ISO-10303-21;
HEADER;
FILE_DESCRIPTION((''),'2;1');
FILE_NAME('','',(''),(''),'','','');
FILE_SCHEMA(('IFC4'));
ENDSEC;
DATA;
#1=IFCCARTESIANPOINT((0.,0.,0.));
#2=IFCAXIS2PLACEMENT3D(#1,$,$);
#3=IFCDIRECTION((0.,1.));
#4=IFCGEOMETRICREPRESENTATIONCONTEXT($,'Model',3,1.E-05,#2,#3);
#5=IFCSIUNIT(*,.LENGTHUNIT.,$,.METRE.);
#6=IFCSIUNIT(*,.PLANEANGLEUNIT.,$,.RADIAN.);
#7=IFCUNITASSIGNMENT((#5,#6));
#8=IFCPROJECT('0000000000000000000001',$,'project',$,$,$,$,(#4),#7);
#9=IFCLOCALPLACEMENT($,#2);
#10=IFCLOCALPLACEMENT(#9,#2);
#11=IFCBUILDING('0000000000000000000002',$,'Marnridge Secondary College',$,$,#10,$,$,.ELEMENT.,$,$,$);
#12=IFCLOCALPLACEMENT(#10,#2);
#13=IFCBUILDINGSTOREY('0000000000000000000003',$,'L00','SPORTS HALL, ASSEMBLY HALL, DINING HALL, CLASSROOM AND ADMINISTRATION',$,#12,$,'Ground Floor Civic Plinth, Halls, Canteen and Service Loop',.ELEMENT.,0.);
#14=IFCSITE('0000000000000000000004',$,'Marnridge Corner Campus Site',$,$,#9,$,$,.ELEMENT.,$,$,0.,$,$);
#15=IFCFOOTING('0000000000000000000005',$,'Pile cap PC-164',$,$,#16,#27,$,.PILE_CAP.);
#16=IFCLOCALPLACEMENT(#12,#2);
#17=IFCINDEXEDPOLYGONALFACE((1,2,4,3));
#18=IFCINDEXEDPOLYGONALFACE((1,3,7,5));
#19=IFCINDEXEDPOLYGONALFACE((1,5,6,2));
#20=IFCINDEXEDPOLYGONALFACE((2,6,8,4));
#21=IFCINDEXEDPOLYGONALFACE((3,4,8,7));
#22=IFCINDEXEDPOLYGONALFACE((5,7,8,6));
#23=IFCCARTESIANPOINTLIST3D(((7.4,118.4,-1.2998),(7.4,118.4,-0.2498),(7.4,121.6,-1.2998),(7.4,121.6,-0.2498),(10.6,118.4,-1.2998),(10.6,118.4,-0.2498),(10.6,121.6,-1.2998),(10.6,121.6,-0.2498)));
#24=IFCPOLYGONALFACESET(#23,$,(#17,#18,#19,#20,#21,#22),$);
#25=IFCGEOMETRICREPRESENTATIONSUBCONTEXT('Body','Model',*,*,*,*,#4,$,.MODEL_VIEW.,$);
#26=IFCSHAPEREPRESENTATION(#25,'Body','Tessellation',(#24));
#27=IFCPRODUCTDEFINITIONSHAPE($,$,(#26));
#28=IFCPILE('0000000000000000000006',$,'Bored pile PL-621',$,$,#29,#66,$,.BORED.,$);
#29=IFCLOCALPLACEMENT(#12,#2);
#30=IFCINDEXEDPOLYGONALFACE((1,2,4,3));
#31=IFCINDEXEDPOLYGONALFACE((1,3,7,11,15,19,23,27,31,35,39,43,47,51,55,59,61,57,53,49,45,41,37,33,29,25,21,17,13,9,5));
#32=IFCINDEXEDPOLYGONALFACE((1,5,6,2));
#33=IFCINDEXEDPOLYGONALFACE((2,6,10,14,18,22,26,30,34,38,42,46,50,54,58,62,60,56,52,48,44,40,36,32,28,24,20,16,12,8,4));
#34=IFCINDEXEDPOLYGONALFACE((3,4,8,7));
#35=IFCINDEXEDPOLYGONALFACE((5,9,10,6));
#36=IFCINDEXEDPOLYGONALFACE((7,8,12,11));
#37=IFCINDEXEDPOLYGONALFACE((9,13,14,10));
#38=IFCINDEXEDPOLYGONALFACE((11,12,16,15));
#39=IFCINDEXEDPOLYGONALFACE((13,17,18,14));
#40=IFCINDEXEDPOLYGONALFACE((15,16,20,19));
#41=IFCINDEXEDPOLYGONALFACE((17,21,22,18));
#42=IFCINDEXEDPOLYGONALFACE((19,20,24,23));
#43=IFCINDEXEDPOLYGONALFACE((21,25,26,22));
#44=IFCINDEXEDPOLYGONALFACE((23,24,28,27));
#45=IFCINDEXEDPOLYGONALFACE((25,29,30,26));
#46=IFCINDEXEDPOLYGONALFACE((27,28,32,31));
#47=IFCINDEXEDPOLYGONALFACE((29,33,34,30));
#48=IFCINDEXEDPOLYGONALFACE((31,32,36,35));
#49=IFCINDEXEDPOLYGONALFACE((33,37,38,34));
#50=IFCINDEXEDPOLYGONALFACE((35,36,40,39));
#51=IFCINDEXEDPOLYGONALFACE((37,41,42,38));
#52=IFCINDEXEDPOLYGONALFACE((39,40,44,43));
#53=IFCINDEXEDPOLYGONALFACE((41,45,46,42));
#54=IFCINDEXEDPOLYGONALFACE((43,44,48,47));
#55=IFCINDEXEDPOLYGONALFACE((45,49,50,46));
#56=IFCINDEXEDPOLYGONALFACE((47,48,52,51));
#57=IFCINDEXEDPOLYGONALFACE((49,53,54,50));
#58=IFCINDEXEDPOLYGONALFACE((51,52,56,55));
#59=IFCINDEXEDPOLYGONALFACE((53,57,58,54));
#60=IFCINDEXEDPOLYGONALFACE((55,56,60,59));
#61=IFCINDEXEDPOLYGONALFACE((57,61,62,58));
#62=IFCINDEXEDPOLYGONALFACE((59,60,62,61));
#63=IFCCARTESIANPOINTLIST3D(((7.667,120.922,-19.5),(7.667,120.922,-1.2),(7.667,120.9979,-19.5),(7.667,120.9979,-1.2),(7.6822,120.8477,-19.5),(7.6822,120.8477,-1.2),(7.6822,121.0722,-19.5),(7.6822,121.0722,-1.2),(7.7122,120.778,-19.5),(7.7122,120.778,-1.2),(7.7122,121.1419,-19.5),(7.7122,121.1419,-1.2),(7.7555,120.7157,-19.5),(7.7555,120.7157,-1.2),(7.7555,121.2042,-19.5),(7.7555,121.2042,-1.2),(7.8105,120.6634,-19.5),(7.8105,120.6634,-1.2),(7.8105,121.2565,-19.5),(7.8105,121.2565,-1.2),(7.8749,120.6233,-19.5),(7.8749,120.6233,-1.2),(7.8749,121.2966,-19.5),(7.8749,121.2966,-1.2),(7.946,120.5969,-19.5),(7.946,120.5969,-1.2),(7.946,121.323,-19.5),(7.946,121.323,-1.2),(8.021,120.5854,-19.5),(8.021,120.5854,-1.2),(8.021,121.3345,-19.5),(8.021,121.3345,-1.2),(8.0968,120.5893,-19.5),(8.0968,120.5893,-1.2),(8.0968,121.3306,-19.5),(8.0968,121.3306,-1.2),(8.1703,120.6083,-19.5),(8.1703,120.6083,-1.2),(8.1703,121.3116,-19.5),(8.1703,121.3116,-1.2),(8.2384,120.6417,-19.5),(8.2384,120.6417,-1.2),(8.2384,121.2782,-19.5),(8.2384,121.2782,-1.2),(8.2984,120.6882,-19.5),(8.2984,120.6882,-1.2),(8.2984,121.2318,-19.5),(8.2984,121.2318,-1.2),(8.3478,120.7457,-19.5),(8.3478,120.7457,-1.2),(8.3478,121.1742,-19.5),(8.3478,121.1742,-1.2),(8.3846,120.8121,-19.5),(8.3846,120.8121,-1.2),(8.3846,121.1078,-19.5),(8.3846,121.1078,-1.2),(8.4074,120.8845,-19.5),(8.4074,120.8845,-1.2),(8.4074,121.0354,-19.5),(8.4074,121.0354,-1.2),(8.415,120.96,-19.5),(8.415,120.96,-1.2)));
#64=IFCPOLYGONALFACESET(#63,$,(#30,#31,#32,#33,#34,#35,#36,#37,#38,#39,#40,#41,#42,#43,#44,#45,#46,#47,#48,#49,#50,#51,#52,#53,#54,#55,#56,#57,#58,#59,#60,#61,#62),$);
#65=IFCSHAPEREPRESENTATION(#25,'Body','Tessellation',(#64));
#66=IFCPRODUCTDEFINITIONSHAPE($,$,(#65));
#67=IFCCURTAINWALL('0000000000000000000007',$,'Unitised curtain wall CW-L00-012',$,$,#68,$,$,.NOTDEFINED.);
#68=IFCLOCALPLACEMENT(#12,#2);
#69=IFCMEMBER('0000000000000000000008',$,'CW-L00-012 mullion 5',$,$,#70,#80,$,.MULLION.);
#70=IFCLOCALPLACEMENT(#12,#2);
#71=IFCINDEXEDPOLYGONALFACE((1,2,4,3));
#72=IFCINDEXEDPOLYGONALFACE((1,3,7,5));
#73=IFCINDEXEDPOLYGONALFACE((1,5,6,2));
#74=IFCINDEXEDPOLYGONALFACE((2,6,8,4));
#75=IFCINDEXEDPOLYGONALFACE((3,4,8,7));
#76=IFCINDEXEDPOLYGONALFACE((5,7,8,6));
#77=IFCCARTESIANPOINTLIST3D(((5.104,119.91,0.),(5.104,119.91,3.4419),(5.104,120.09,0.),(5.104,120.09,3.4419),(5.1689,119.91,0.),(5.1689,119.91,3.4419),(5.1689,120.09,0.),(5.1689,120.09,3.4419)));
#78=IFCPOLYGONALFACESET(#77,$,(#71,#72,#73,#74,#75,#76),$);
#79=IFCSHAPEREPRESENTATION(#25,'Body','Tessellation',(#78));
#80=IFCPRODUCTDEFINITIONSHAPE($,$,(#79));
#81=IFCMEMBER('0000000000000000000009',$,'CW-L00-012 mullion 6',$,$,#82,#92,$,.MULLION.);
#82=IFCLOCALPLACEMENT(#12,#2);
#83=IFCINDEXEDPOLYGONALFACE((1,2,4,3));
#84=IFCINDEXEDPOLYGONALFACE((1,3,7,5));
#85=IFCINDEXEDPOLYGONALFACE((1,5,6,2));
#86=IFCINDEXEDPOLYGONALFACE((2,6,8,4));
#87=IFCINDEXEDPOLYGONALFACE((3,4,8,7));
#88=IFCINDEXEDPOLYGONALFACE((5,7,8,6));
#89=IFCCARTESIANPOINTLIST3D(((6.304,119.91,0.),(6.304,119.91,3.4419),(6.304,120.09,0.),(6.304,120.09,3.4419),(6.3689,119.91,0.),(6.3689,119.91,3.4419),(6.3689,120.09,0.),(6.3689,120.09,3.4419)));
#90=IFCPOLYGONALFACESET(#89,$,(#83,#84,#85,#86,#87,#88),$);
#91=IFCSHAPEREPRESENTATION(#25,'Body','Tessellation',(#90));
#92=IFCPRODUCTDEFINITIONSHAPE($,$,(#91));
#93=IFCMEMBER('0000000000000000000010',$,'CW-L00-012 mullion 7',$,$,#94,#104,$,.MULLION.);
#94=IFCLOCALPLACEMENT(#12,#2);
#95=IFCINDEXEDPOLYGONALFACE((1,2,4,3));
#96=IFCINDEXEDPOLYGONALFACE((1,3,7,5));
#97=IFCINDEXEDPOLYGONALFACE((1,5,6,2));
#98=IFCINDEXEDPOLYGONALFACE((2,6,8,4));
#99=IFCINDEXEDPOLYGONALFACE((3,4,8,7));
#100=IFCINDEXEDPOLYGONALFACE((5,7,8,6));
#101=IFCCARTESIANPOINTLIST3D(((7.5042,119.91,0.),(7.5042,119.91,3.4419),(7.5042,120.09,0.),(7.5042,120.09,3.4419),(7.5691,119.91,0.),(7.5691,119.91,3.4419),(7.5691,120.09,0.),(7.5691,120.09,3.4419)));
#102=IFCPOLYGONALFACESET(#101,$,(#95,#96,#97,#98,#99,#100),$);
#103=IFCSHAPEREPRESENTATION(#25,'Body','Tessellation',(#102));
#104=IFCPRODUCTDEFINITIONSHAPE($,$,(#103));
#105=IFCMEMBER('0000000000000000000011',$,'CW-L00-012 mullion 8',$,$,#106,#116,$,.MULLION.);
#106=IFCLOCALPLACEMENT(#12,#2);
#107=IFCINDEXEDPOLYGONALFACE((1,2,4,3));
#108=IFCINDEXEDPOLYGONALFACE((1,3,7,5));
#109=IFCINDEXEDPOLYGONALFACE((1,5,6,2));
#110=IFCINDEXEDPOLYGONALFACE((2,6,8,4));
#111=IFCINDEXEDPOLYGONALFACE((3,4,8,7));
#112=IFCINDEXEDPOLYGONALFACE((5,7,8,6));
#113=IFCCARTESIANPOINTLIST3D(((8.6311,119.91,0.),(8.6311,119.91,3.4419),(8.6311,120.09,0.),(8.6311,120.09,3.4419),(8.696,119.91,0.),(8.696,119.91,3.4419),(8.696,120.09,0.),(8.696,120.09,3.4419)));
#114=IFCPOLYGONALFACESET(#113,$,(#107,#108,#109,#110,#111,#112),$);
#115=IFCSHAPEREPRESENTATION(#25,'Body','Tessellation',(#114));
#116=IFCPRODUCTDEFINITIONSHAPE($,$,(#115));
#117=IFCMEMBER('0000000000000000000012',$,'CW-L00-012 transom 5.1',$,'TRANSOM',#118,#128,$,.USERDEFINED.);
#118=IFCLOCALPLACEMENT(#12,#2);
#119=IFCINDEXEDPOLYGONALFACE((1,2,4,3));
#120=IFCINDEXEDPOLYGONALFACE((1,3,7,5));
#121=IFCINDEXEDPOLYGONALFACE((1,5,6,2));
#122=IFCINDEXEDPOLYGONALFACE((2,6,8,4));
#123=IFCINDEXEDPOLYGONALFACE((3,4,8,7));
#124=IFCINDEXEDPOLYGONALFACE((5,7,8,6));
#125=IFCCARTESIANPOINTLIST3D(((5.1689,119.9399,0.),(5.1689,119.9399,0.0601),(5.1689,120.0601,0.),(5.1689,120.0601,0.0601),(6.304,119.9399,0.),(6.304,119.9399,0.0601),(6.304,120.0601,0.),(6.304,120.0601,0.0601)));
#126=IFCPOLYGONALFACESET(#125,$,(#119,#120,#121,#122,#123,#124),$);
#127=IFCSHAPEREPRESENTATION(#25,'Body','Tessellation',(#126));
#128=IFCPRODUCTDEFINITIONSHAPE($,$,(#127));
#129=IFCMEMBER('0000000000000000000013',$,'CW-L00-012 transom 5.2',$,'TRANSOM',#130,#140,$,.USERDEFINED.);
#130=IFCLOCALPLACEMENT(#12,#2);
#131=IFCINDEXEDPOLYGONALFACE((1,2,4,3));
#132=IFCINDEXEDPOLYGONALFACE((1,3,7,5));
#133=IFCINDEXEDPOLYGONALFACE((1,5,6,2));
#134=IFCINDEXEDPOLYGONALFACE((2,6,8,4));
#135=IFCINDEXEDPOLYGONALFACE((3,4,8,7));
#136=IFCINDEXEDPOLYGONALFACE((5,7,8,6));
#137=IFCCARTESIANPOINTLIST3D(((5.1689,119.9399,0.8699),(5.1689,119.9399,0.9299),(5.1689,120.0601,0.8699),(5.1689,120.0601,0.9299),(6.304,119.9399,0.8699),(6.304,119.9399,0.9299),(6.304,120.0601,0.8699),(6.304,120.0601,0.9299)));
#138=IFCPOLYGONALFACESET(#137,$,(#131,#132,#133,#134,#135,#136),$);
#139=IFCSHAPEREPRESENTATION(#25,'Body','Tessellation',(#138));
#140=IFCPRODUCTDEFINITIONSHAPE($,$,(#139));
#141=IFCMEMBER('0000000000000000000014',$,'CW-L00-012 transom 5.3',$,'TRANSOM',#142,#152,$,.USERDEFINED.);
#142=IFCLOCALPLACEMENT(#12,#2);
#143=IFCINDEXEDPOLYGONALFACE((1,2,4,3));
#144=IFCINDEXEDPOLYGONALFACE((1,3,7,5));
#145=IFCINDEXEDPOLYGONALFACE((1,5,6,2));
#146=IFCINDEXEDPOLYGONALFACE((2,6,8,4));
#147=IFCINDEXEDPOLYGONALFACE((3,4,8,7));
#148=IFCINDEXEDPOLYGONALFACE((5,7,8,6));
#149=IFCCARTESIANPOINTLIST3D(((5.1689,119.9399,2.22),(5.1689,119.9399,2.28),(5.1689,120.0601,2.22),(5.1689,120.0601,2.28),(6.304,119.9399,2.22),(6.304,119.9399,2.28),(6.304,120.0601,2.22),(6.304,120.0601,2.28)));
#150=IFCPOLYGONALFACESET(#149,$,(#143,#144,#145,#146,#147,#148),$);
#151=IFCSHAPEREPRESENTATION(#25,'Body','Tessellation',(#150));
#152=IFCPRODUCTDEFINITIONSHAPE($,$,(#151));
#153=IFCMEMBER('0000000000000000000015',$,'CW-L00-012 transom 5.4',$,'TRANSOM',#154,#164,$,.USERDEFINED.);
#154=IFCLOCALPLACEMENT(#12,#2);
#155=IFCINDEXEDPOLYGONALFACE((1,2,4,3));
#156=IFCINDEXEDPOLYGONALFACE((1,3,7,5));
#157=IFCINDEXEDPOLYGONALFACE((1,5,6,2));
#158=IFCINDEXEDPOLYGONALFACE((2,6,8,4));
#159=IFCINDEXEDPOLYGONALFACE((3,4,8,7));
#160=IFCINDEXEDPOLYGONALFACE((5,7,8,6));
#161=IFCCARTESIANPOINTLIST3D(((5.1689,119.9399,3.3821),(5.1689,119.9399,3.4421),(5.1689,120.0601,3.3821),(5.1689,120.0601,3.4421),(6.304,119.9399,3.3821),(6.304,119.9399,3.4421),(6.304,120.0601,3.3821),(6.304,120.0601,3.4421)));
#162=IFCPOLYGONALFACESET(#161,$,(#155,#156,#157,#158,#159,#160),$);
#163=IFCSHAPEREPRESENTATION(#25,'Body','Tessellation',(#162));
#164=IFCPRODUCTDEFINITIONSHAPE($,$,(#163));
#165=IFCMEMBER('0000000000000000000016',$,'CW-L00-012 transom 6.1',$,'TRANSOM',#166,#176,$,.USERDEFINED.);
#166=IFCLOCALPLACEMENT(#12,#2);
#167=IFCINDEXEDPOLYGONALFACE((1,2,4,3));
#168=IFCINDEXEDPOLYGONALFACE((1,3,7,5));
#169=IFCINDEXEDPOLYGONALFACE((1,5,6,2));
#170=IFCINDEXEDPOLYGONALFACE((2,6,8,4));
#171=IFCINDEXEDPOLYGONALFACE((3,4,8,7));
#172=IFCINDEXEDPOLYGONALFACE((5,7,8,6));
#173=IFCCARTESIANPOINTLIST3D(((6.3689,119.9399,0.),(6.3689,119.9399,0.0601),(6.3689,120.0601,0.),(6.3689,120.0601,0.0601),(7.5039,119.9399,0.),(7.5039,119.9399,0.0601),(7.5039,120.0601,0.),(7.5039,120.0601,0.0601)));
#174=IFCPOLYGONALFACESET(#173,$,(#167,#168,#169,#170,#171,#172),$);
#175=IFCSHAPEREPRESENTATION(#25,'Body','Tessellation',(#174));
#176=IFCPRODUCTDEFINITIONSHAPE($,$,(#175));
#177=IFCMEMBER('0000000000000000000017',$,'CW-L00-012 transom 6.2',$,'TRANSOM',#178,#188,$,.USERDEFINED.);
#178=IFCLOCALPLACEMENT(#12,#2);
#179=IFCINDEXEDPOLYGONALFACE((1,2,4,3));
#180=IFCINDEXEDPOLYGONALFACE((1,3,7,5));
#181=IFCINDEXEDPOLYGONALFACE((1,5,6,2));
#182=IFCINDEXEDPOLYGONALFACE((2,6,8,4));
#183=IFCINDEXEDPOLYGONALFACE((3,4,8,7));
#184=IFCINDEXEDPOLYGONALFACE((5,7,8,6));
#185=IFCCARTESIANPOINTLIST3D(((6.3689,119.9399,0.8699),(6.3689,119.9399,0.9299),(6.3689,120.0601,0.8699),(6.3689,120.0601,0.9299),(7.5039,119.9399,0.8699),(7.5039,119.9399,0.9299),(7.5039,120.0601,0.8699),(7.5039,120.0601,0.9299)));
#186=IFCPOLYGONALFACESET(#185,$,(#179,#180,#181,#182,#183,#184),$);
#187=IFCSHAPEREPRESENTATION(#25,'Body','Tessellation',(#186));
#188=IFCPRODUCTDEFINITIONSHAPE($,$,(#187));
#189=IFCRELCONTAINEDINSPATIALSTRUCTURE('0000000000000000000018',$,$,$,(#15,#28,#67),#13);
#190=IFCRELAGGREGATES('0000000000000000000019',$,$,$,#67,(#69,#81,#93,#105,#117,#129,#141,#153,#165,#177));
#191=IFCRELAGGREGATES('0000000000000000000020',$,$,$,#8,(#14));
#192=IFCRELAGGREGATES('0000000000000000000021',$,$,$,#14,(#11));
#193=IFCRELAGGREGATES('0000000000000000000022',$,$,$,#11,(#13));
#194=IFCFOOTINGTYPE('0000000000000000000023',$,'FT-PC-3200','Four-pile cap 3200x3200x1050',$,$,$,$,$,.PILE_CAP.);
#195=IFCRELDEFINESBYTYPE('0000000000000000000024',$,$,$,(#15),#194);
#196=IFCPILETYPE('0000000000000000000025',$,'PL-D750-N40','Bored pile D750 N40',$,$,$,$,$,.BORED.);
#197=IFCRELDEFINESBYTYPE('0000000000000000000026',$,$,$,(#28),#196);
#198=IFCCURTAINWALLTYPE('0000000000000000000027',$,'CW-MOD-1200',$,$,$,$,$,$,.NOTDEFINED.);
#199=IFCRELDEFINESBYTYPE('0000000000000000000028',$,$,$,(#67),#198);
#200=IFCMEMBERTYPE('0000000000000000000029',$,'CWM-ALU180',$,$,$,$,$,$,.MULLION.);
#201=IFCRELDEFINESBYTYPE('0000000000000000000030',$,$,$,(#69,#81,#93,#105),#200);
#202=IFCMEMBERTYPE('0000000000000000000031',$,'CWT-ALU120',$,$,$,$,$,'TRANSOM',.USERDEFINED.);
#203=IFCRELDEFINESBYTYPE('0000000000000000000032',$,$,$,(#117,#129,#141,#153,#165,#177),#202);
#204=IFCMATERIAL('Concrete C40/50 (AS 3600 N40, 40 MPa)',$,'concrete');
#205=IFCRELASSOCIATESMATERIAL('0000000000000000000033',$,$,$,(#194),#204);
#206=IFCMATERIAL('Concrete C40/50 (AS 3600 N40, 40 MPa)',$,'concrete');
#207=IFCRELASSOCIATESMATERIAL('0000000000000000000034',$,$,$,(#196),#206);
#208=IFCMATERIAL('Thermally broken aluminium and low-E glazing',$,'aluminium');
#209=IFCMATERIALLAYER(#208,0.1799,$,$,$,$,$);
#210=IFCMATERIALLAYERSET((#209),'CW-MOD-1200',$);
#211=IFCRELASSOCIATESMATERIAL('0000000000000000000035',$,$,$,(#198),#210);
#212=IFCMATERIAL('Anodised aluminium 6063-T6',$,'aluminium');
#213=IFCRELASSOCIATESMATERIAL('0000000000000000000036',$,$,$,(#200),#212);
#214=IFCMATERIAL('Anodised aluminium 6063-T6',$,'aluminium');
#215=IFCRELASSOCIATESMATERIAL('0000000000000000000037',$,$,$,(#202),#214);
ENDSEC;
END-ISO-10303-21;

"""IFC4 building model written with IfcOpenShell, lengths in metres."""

from ifc_helpers import new_model, si_unit, direction, frame, origin, origin_2d, place, context, subcontext, project, spatial, rectangle, circle, extrude, material, layer, layer_set, material_profile, profile_set, type_object, element, aggregate, save


model = new_model("IFC4")

# Units and contexts
model_context = context("Model", 3, precision=1e-05, world=origin(), true_north=direction((0.0, 1.0)))
body_context = subcontext(model_context, "Body", "Model", "MODEL_VIEW")
ifc_project = project(units=[si_unit("LENGTHUNIT", "METRE"), si_unit("PLANEANGLEUNIT", "RADIAN")], contexts=[model_context])

# Site, building, storey
site_placement = place(None, origin())
site = spatial("IfcSite", under=ifc_project, at=site_placement, Name="Marnridge Corner Campus Site", CompositionType="ELEMENT", RefElevation=0.0)
building_placement = place(site_placement, origin())
building = spatial("IfcBuilding", under=site, at=building_placement, Name="Marnridge Secondary College", CompositionType="ELEMENT")
storey_placement = place(building_placement, origin())
storey = spatial("IfcBuildingStorey", under=building, at=storey_placement, Name="L00", Description="SPORTS HALL, ASSEMBLY HALL, DINING HALL, CLASSROOM AND ADMINISTRATION", LongName="Ground Floor Civic Plinth, Halls, Canteen and Service Loop", CompositionType="ELEMENT", Elevation=0.0)

# Footing
ifc_material_1 = material(Name="Concrete C40/50 (AS 3600 N40, 40 MPa)", Category="concrete")
footing_type = type_object("IfcFootingType", Name="FT-PC-3200", Description="Four-pile cap 3200x3200x1050", PredefinedType="PILE_CAP", material=ifc_material_1)
footing_placement = place(storey_placement, frame((9.0, 120.0, -1.2998), z_axis=(0.0, 0.0, 1.0), x_axis=(1.0, 0.0, 0.0)))
element("IfcFooting", 1, at=footing_placement, inside=storey, type_object=footing_type, Name="Pile cap PC-164", PredefinedType="PILE_CAP", context=body_context, shape_type="SweptSolid", body=[
    extrude(rectangle(XDim=3.2, YDim=3.2, at=origin_2d()), origin(), (0.0, 0.0, 1.0), 1.05),
])

# Pile
ifc_material_2 = material(Name="Concrete C40/50 (AS 3600 N40, 40 MPa)", Category="concrete")
ifc_material_profile_1 = material_profile(ifc_material_2, circle(Radius=0.375, at=origin_2d()), Name="PILE D750")
ifc_profile_set_1 = profile_set([ifc_material_profile_1], Name="Concrete C40/50 (AS 3600 N40, 40 MPa)")
pile_type = type_object("IfcPileType", Name="PL-D750-N40", Description="Bored pile D750 N40", PredefinedType="BORED", material=ifc_profile_set_1)
pile_placement = place(storey_placement, frame((8.04, 120.96, -1.2), z_axis=(0.0, 0.0, -1.0), x_axis=(1.0, 0.0, 0.0)))
element("IfcPile", 2, at=pile_placement, inside=storey, type_object=pile_type, Name="Bored pile PL-621", PredefinedType="BORED", context=body_context, shape_type="SweptSolid", body=[
    extrude(circle(Radius=0.375, at=origin_2d()), origin(), (0.0, 0.0, 1.0), 18.3),
])

# Curtain wall, members
ifc_material_3 = material(Name="Thermally broken aluminium and low-E glazing", Category="aluminium")
ifc_layer_1 = layer(ifc_material_3, 0.1799)
ifc_layer_set_1 = layer_set([ifc_layer_1], Name="CW-MOD-1200")
curtain_wall_type = type_object("IfcCurtainWallType", Name="CW-MOD-1200", PredefinedType="NOTDEFINED", material=ifc_layer_set_1)
curtain_wall_placement = place(storey_placement, origin())
curtain_wall = element("IfcCurtainWall", 3, at=curtain_wall_placement, inside=storey, type_object=curtain_wall_type, Name="Unitised curtain wall CW-L00-012", PredefinedType="NOTDEFINED")
ifc_material_4 = material(Name="Anodised aluminium 6063-T6", Category="aluminium")
ifc_material_profile_2 = material_profile(ifc_material_4, rectangle(XDim=0.0649, YDim=0.1799, at=origin_2d()), Name="ALU 65x180")
ifc_profile_set_2 = profile_set([ifc_material_profile_2], Name="Anodised aluminium 6063-T6")
member_type_1 = type_object("IfcMemberType", Name="CWM-ALU180", PredefinedType="MULLION", material=ifc_profile_set_2)
member_1_placement = place(storey_placement, frame((5.1365, 120.0, 0.0), z_axis=(0.0, 0.0, 1.0), x_axis=(1.0, 0.0, 0.0)))
member_1 = element("IfcMember", 4, at=member_1_placement, type_object=member_type_1, Name="CW-L00-012 mullion 5", PredefinedType="MULLION", context=body_context, shape_type="SweptSolid", body=[
    extrude(rectangle(XDim=0.0649, YDim=0.1799, at=origin_2d()), origin(), (0.0, 0.0, 1.0), 3.4419),
])
member_2_placement = place(storey_placement, frame((6.3364, 120.0, 0.0), z_axis=(0.0, 0.0, 1.0), x_axis=(1.0, 0.0, 0.0)))
member_2 = element("IfcMember", 5, at=member_2_placement, type_object=member_type_1, Name="CW-L00-012 mullion 6", PredefinedType="MULLION", context=body_context, shape_type="SweptSolid", body=[
    extrude(rectangle(XDim=0.0649, YDim=0.1799, at=origin_2d()), origin(), (0.0, 0.0, 1.0), 3.4419),
])
member_3_placement = place(storey_placement, frame((7.5366, 120.0, 0.0), z_axis=(0.0, 0.0, 1.0), x_axis=(1.0, 0.0, 0.0)))
member_3 = element("IfcMember", 6, at=member_3_placement, type_object=member_type_1, Name="CW-L00-012 mullion 7", PredefinedType="MULLION", context=body_context, shape_type="SweptSolid", body=[
    extrude(rectangle(XDim=0.0649, YDim=0.1799, at=origin_2d()), origin(), (0.0, 0.0, 1.0), 3.4419),
])
member_4_placement = place(storey_placement, frame((8.6636, 120.0, 0.0), z_axis=(0.0, 0.0, 1.0), x_axis=(1.0, 0.0, 0.0)))
member_4 = element("IfcMember", 7, at=member_4_placement, type_object=member_type_1, Name="CW-L00-012 mullion 8", PredefinedType="MULLION", context=body_context, shape_type="SweptSolid", body=[
    extrude(rectangle(XDim=0.0649, YDim=0.1799, at=origin_2d()), origin(), (0.0, 0.0, 1.0), 3.4419),
])
ifc_material_5 = material(Name="Anodised aluminium 6063-T6", Category="aluminium")
ifc_material_profile_3 = material_profile(ifc_material_5, rectangle(XDim=0.0601, YDim=0.1201, at=origin_2d()), Name="ALU 60x120")
ifc_profile_set_3 = profile_set([ifc_material_profile_3], Name="Anodised aluminium 6063-T6")
member_type_2 = type_object("IfcMemberType", Name="CWT-ALU120", ElementType="TRANSOM", PredefinedType="USERDEFINED", material=ifc_profile_set_3)
member_5_placement = place(storey_placement, frame((5.1689, 120.0, 0.03), z_axis=(1.0, 0.0, 0.0), x_axis=(0.0, 0.0, 1.0)))
member_5 = element("IfcMember", 8, at=member_5_placement, type_object=member_type_2, Name="CW-L00-012 transom 5.1", ObjectType="TRANSOM", PredefinedType="USERDEFINED", context=body_context, shape_type="SweptSolid", body=[
    extrude(rectangle(XDim=0.0601, YDim=0.1201, at=origin_2d()), origin(), (0.0, 0.0, 1.0), 1.135),
])
member_6_placement = place(storey_placement, frame((5.1689, 120.0, 0.8999), z_axis=(1.0, 0.0, 0.0), x_axis=(0.0, 0.0, 1.0)))
member_6 = element("IfcMember", 9, at=member_6_placement, type_object=member_type_2, Name="CW-L00-012 transom 5.2", ObjectType="TRANSOM", PredefinedType="USERDEFINED", context=body_context, shape_type="SweptSolid", body=[
    extrude(rectangle(XDim=0.0601, YDim=0.1201, at=origin_2d()), origin(), (0.0, 0.0, 1.0), 1.135),
])
member_7_placement = place(storey_placement, frame((5.1689, 120.0, 2.25), z_axis=(1.0, 0.0, 0.0), x_axis=(0.0, 0.0, 1.0)))
member_7 = element("IfcMember", 10, at=member_7_placement, type_object=member_type_2, Name="CW-L00-012 transom 5.3", ObjectType="TRANSOM", PredefinedType="USERDEFINED", context=body_context, shape_type="SweptSolid", body=[
    extrude(rectangle(XDim=0.0601, YDim=0.1201, at=origin_2d()), origin(), (0.0, 0.0, 1.0), 1.135),
])
member_8_placement = place(storey_placement, frame((5.1689, 120.0, 3.4121), z_axis=(1.0, 0.0, 0.0), x_axis=(0.0, 0.0, 1.0)))
member_8 = element("IfcMember", 11, at=member_8_placement, type_object=member_type_2, Name="CW-L00-012 transom 5.4", ObjectType="TRANSOM", PredefinedType="USERDEFINED", context=body_context, shape_type="SweptSolid", body=[
    extrude(rectangle(XDim=0.0601, YDim=0.1201, at=origin_2d()), origin(), (0.0, 0.0, 1.0), 1.135),
])
member_9_placement = place(storey_placement, frame((6.3689, 120.0, 0.03), z_axis=(1.0, 0.0, 0.0), x_axis=(0.0, 0.0, 1.0)))
member_9 = element("IfcMember", 12, at=member_9_placement, type_object=member_type_2, Name="CW-L00-012 transom 6.1", ObjectType="TRANSOM", PredefinedType="USERDEFINED", context=body_context, shape_type="SweptSolid", body=[
    extrude(rectangle(XDim=0.0601, YDim=0.1201, at=origin_2d()), origin(), (0.0, 0.0, 1.0), 1.135),
])
member_10_placement = place(storey_placement, frame((6.3689, 120.0, 0.8999), z_axis=(1.0, 0.0, 0.0), x_axis=(0.0, 0.0, 1.0)))
member_10 = element("IfcMember", 13, at=member_10_placement, type_object=member_type_2, Name="CW-L00-012 transom 6.2", ObjectType="TRANSOM", PredefinedType="USERDEFINED", context=body_context, shape_type="SweptSolid", body=[
    extrude(rectangle(XDim=0.0601, YDim=0.1201, at=origin_2d()), origin(), (0.0, 0.0, 1.0), 1.135),
])
aggregate(curtain_wall, [member_1, member_2, member_3, member_4, member_5, member_6, member_7, member_8, member_9, member_10])

save(model, "model.ifc")
